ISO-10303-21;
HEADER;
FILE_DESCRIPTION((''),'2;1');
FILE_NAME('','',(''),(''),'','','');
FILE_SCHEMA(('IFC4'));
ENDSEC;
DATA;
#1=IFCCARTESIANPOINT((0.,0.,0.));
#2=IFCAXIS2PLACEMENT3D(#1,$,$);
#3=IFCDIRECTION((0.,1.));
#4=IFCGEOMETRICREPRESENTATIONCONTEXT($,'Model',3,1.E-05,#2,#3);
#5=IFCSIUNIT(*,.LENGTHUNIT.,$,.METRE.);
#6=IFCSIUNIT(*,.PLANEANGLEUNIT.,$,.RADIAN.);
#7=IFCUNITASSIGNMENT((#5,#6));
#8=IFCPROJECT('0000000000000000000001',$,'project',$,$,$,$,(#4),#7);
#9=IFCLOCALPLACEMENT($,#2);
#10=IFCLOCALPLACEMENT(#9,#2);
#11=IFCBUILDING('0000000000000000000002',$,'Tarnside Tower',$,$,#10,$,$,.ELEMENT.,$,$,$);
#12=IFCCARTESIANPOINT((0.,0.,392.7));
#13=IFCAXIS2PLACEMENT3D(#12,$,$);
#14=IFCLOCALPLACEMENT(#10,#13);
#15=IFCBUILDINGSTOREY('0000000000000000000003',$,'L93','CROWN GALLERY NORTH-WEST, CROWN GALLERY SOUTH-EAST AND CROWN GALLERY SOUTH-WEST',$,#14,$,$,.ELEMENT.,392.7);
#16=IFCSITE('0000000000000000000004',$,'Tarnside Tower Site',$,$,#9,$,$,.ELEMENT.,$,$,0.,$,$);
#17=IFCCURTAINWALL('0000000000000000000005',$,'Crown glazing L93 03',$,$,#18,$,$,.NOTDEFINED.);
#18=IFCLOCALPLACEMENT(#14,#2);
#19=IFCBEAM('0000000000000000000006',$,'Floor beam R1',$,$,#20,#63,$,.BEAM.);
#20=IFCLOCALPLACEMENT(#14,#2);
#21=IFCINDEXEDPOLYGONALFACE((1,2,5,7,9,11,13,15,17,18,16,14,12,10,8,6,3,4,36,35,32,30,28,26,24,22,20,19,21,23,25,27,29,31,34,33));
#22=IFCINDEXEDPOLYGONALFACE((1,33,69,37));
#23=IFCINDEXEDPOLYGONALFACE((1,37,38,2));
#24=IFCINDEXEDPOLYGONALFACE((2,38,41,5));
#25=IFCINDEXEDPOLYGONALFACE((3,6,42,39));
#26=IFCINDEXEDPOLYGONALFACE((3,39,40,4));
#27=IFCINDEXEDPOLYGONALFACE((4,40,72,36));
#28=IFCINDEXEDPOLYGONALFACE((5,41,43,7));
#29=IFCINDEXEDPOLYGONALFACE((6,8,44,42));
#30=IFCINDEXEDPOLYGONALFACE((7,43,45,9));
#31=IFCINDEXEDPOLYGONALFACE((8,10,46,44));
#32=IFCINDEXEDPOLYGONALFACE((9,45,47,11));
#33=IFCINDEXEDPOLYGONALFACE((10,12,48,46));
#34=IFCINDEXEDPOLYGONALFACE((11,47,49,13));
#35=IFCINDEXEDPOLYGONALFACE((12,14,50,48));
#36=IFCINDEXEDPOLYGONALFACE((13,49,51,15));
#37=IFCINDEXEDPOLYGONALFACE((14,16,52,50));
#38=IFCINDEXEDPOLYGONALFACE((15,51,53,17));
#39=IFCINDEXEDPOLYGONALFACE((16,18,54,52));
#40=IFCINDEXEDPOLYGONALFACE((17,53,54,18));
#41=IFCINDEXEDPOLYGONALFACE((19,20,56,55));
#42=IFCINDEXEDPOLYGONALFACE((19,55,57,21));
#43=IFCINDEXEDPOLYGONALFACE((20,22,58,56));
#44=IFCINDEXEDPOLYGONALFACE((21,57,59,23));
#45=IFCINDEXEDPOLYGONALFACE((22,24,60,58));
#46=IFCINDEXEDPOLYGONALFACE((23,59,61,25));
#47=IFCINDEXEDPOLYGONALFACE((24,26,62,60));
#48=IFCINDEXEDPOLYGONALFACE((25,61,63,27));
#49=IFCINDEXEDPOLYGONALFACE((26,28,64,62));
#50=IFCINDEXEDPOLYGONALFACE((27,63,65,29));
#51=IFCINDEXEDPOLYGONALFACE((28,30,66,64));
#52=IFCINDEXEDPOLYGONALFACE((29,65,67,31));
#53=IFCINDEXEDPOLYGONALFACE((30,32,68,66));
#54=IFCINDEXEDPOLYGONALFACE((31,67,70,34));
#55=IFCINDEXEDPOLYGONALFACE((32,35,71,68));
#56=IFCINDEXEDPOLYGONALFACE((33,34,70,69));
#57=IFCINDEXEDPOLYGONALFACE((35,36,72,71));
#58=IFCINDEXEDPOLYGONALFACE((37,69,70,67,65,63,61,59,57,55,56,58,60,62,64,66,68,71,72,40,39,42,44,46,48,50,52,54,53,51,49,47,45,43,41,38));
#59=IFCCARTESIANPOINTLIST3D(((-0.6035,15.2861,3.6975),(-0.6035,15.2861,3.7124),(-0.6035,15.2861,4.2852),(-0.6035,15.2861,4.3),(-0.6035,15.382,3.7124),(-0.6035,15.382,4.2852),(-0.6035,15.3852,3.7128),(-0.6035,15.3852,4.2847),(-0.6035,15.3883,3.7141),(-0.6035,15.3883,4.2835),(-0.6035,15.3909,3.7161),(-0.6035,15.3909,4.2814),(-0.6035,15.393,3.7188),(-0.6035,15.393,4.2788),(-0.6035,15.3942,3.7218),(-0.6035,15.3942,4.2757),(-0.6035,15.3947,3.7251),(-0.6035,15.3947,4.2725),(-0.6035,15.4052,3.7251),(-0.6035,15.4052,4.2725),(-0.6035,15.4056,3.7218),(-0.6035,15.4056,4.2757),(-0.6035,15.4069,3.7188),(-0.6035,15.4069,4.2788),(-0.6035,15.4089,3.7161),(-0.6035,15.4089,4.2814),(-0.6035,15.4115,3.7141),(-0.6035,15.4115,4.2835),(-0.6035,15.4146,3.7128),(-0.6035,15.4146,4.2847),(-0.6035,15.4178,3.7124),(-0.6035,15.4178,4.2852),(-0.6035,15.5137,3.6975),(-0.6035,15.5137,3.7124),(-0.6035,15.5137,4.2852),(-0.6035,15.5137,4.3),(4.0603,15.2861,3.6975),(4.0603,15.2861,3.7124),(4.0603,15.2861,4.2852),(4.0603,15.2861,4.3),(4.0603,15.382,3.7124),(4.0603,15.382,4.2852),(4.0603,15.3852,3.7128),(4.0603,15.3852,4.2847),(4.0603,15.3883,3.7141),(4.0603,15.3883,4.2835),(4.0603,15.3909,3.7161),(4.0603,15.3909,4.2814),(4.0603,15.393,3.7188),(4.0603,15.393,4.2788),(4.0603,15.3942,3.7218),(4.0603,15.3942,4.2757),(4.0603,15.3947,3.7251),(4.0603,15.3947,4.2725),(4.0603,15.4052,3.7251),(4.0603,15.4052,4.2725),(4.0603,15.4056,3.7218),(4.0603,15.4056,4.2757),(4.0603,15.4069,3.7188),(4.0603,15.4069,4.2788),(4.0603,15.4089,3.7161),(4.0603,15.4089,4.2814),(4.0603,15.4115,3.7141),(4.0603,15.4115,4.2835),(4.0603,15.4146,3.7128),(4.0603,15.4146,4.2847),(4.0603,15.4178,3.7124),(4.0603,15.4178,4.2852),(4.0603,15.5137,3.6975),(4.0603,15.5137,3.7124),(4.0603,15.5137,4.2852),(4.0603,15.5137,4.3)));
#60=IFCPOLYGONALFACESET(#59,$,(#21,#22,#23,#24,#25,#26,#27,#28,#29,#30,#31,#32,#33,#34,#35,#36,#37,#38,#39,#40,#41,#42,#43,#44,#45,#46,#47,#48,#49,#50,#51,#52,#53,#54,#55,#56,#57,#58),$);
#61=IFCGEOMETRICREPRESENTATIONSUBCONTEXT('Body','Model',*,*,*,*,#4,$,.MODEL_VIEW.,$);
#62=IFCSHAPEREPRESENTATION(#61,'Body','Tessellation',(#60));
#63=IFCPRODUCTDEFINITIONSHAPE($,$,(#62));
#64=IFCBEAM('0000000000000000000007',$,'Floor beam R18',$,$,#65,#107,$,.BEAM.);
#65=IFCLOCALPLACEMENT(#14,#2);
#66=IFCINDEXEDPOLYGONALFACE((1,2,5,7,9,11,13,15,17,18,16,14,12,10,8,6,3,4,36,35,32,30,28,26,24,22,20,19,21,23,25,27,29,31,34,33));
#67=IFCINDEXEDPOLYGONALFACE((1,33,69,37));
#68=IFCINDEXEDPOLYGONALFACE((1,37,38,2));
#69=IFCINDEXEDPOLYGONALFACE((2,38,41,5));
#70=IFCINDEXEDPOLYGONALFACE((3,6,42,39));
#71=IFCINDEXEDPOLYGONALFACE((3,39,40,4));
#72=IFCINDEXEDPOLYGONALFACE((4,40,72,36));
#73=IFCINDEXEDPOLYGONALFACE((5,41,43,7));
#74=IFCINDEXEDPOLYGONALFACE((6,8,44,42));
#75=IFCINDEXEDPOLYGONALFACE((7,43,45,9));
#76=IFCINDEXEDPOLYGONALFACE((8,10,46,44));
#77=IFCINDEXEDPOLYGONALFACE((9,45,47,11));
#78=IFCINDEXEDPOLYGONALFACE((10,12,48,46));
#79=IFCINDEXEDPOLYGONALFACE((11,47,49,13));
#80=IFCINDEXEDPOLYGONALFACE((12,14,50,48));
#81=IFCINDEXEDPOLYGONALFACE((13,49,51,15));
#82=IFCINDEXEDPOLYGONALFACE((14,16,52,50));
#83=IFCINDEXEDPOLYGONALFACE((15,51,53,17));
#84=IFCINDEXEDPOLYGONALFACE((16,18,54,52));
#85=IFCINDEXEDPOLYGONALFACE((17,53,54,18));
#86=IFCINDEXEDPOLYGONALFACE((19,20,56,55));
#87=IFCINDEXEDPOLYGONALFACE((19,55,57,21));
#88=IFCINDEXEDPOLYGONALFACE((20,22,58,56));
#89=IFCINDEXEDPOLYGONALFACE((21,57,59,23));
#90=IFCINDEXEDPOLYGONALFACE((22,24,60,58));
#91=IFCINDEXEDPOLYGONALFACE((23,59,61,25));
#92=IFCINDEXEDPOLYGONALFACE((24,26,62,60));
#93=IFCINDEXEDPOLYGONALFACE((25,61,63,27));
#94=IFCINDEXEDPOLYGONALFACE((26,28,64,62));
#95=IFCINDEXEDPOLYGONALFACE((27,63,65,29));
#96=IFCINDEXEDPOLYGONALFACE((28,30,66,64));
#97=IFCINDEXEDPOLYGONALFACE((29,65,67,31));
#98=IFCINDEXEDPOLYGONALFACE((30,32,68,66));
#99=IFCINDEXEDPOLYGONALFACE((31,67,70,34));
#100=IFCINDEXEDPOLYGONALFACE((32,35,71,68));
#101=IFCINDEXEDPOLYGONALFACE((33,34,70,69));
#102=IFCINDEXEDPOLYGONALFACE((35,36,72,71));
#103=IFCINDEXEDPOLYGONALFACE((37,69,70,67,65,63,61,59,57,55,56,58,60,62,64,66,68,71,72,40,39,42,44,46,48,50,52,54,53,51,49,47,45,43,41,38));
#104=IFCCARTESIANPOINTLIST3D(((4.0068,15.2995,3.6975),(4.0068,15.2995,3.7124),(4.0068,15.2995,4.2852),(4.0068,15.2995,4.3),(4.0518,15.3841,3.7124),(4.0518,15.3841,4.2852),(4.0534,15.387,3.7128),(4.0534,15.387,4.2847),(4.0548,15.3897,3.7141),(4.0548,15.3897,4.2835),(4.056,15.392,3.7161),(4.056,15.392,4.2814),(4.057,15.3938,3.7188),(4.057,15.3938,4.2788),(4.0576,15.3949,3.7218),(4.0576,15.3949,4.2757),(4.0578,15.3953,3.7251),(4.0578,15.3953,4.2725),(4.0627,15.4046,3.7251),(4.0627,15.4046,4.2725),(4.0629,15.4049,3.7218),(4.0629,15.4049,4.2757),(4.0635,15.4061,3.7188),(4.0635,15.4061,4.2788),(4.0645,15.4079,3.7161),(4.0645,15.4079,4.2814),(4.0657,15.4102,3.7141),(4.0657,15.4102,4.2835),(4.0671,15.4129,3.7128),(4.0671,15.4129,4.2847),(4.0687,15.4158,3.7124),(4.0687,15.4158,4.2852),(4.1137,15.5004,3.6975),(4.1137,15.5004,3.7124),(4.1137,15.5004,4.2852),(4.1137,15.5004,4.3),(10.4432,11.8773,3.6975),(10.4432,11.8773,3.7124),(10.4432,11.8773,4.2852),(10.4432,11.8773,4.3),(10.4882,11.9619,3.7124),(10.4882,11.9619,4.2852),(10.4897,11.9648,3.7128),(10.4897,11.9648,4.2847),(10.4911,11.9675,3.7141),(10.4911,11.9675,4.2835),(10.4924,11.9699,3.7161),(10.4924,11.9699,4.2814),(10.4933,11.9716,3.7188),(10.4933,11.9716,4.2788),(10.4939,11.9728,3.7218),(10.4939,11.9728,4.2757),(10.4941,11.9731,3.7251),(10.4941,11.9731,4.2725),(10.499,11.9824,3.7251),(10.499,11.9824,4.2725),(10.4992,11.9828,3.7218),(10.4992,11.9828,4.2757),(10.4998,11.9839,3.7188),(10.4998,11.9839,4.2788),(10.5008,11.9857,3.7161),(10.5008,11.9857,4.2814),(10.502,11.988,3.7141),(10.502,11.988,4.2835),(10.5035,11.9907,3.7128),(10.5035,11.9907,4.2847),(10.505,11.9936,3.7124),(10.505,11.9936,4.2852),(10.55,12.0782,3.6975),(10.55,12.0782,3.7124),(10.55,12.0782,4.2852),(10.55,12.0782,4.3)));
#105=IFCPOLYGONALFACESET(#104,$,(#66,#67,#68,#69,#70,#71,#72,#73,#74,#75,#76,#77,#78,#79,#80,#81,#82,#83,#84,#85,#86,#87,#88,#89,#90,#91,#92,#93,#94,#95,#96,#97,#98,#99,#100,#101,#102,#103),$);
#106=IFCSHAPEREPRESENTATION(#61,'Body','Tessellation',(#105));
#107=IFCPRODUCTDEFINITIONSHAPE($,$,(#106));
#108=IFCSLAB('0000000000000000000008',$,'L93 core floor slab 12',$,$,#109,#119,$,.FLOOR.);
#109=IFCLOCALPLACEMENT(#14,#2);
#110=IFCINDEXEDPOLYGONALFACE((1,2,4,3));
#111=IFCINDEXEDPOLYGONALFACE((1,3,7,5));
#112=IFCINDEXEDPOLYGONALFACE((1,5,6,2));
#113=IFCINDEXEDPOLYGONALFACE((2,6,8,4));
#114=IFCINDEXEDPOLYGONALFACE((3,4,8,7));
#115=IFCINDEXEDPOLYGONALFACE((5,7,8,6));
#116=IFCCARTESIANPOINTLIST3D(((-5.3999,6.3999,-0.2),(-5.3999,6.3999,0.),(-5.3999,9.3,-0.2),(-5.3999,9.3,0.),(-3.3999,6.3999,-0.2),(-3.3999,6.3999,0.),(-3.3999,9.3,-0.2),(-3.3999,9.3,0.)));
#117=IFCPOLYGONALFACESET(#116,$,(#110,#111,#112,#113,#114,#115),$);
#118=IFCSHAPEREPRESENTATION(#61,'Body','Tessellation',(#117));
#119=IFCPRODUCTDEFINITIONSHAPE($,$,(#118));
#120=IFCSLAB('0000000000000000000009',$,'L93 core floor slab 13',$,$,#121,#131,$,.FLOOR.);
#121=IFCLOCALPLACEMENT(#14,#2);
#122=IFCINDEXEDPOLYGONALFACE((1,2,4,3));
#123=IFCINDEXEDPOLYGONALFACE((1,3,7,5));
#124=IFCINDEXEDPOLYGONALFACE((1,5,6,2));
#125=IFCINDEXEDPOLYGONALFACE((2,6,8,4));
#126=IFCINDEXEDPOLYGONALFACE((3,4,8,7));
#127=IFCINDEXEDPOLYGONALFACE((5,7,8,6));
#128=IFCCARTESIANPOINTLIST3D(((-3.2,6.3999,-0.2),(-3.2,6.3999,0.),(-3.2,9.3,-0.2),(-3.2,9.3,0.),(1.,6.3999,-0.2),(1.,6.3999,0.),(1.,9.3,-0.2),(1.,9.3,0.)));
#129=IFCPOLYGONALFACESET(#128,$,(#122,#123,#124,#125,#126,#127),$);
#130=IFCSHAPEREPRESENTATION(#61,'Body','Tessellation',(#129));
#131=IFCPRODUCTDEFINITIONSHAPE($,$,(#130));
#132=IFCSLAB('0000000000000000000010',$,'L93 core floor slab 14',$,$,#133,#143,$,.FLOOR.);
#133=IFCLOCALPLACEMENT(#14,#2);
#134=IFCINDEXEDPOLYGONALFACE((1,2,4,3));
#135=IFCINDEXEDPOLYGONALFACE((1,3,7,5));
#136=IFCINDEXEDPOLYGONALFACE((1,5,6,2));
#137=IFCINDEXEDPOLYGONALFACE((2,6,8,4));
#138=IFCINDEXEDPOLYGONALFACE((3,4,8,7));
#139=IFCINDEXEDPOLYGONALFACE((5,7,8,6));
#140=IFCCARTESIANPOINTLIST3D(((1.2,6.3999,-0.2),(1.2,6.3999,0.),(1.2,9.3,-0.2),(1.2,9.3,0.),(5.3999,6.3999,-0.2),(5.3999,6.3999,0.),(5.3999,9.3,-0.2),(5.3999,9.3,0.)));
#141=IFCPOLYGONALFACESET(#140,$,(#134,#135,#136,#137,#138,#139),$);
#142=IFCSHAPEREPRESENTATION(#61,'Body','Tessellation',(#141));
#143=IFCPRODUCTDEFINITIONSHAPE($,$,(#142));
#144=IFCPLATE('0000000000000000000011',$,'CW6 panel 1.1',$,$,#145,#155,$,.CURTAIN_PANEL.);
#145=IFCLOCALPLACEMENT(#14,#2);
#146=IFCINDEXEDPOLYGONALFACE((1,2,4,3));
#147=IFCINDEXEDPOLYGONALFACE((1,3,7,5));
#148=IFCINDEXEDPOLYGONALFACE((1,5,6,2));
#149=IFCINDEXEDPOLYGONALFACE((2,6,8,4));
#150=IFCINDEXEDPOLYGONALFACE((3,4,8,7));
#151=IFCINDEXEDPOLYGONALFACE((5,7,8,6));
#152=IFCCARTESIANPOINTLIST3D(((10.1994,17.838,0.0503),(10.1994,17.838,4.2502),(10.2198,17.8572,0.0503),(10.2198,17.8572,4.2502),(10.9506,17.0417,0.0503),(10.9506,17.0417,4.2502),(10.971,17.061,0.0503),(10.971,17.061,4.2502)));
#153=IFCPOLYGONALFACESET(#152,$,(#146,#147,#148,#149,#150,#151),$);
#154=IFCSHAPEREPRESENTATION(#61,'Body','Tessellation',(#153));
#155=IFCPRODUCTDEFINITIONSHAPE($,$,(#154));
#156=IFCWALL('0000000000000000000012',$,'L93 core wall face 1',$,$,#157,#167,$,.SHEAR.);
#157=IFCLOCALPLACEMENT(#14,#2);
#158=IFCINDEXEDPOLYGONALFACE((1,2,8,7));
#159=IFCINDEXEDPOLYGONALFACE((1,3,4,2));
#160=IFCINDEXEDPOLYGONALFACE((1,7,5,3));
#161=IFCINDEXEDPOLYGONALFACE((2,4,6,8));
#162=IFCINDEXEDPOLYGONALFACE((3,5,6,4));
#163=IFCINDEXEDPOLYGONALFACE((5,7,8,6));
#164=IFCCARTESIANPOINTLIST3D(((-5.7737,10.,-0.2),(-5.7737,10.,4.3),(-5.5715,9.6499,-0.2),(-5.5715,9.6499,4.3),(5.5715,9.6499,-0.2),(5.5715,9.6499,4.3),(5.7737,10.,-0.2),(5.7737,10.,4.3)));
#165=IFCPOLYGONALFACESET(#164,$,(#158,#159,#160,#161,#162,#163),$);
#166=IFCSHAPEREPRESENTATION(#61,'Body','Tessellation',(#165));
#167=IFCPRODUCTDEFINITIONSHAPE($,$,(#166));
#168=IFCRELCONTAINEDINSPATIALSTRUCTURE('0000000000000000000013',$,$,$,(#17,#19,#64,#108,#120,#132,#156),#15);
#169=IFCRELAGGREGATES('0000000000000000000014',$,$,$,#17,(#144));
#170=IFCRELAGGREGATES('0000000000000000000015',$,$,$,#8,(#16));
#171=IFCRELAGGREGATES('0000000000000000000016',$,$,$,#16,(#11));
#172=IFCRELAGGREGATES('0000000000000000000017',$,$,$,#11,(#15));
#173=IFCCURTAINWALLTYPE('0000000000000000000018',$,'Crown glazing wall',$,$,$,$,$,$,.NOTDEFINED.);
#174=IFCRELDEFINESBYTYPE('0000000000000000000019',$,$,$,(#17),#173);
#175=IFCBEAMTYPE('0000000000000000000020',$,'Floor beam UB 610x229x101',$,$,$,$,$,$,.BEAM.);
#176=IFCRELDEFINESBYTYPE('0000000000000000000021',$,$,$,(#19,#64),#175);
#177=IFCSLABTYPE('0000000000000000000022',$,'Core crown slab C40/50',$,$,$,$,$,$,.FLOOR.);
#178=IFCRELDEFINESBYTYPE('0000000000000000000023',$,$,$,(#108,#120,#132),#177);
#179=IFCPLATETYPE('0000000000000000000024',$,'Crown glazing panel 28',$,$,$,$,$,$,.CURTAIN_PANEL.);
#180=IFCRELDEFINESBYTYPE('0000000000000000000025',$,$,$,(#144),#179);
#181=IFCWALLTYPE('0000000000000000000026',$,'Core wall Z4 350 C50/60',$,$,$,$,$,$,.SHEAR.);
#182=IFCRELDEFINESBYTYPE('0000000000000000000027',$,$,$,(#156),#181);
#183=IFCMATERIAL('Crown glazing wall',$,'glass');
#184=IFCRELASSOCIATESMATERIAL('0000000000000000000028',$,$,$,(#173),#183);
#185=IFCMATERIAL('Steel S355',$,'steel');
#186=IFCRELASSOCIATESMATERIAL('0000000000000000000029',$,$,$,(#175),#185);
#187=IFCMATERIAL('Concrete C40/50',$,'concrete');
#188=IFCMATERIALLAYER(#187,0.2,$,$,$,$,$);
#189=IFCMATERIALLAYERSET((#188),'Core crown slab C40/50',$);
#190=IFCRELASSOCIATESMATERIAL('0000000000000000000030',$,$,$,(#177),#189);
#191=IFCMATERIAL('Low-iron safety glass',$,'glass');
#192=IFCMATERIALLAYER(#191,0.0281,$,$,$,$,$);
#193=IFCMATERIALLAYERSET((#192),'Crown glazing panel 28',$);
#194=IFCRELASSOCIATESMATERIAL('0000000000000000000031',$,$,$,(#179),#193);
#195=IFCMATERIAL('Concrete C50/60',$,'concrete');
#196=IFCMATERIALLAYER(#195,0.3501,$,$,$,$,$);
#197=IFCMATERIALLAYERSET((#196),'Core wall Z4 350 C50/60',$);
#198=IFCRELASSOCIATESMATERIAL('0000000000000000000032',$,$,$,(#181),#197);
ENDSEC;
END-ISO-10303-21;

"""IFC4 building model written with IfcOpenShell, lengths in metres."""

from ifc_helpers import new_model, si_unit, direction, frame, origin, origin_2d, place, context, subcontext, project, spatial, polyline, rectangle, i_section, outline, extrude, material, layer, layer_set, material_profile, profile_set, type_object, element, aggregate, save


model = new_model("IFC4")

# Units and contexts
model_context = context("Model", 3, precision=1e-05, world=origin(), true_north=direction((0.0, 1.0)))
body_context = subcontext(model_context, "Body", "Model", "MODEL_VIEW")
ifc_project = project(units=[si_unit("LENGTHUNIT", "METRE"), si_unit("PLANEANGLEUNIT", "RADIAN")], contexts=[model_context])

# Site, building, storey
site_placement = place(None, origin())
site = spatial("IfcSite", under=ifc_project, at=site_placement, Name="Tarnside Tower Site", CompositionType="ELEMENT", RefElevation=0.0)
building_placement = place(site_placement, origin())
building = spatial("IfcBuilding", under=site, at=building_placement, Name="Tarnside Tower", CompositionType="ELEMENT")
storey_placement = place(building_placement, frame((0.0, 0.0, 392.7)))
storey = spatial("IfcBuildingStorey", under=building, at=storey_placement, Name="L93", Description="CROWN GALLERY NORTH-WEST, CROWN GALLERY SOUTH-EAST AND CROWN GALLERY SOUTH-WEST", CompositionType="ELEMENT", Elevation=392.7)

# Curtain wall
ifc_material_1 = material(Name="Crown glazing wall", Category="glass")
curtain_wall_type = type_object("IfcCurtainWallType", Name="Crown glazing wall", PredefinedType="NOTDEFINED", material=ifc_material_1)
curtain_wall_1_placement = place(storey_placement, origin())
curtain_wall_1 = element("IfcCurtainWall", 1, at=curtain_wall_1_placement, inside=storey, type_object=curtain_wall_type, Name="Crown glazing L93 03", PredefinedType="NOTDEFINED")

# Beams
ifc_material_2 = material(Name="Steel S355", Category="steel")
ifc_material_profile_1 = material_profile(ifc_material_2, i_section(OverallWidth=0.2275, OverallDepth=0.6025, WebThickness=0.0105, FlangeThickness=0.0149, FilletRadius=0.0127, at=origin_2d()), Name="UB 610x229x101")
ifc_profile_set_1 = profile_set([ifc_material_profile_1], Name="Steel S355")
beam_type_1 = type_object("IfcBeamType", Name="Floor beam UB 610x229x101", PredefinedType="BEAM", material=ifc_profile_set_1)
beam_1_placement = place(storey_placement, frame((4.0603, 15.3999, 3.9988), z_axis=(-1.0, 0.0, 0.0), x_axis=(0.0, -1.0, 0.0)))
element("IfcBeam", 2, at=beam_1_placement, inside=storey, type_object=beam_type_1, Name="Floor beam R1", PredefinedType="BEAM", context=body_context, shape_type="SweptSolid", body=[
    extrude(i_section(OverallWidth=0.2275, OverallDepth=0.6025, WebThickness=0.0105, FlangeThickness=0.0149, FilletRadius=0.0127, at=origin_2d()), origin(), (0.0, 0.0, 1.0), 4.6638),
])
beam_2_placement = place(storey_placement, frame((10.4966, 11.9778, 3.9988), z_axis=(-0.882954, 0.46946, 0.0), x_axis=(-0.46946, -0.882954, 0.0)))
element("IfcBeam", 3, at=beam_2_placement, inside=storey, type_object=beam_type_1, Name="Floor beam R18", PredefinedType="BEAM", context=body_context, shape_type="SweptSolid", body=[
    extrude(i_section(OverallWidth=0.2275, OverallDepth=0.6025, WebThickness=0.0105, FlangeThickness=0.0149, FilletRadius=0.0127, at=origin_2d()), origin(), (0.0, 0.0, 1.0), 7.2896),
])

# Slabs
ifc_material_3 = material(Name="Concrete C40/50", Category="concrete")
ifc_layer_1 = layer(ifc_material_3, 0.2)
ifc_layer_set_1 = layer_set([ifc_layer_1], Name="Core crown slab C40/50")
slab_type = type_object("IfcSlabType", Name="Core crown slab C40/50", PredefinedType="FLOOR", material=ifc_layer_set_1)
slab_1_placement = place(storey_placement, frame((0.0, 0.0, -0.2)))
element("IfcSlab", 4, at=slab_1_placement, inside=storey, type_object=slab_type, Name="L93 core floor slab 12", PredefinedType="FLOOR", context=body_context, shape_type="SweptSolid", body=[
    extrude(outline(polyline([(-3.3999, 9.3), (-3.3999, 6.3999), (-5.3999, 6.3999), (-5.3999, 9.3), (-3.3999, 9.3)])), origin(), (0.0, 0.0, 1.0), 0.2),
])
slab_2_placement = place(storey_placement, frame((0.0, 0.0, -0.2)))
element("IfcSlab", 5, at=slab_2_placement, inside=storey, type_object=slab_type, Name="L93 core floor slab 13", PredefinedType="FLOOR", context=body_context, shape_type="SweptSolid", body=[
    extrude(outline(polyline([(1.0, 9.3), (1.0, 6.3999), (-3.2, 6.3999), (-3.2, 9.3), (1.0, 9.3)])), origin(), (0.0, 0.0, 1.0), 0.2),
])
slab_3_placement = place(storey_placement, frame((0.0, 0.0, -0.2)))
element("IfcSlab", 6, at=slab_3_placement, inside=storey, type_object=slab_type, Name="L93 core floor slab 14", PredefinedType="FLOOR", context=body_context, shape_type="SweptSolid", body=[
    extrude(outline(polyline([(5.3999, 6.3999), (1.2, 6.3999), (1.2, 9.3), (5.3999, 9.3), (5.3999, 6.3999)])), origin(), (0.0, 0.0, 1.0), 0.2),
])

# Plate
ifc_material_4 = material(Name="Low-iron safety glass", Category="glass")
ifc_layer_2 = layer(ifc_material_4, 0.0281)
ifc_layer_set_2 = layer_set([ifc_layer_2], Name="Crown glazing panel 28")
plate_type = type_object("IfcPlateType", Name="Crown glazing panel 28", PredefinedType="CURTAIN_PANEL", material=ifc_layer_set_2)
plate_placement = place(storey_placement, frame((10.5852, 17.4495, 0.0503), z_axis=(0.0, 0.0, 1.0), x_axis=(0.686242, -0.727374, 0.0)))
plate = element("IfcPlate", 7, at=plate_placement, type_object=plate_type, Name="CW6 panel 1.1", PredefinedType="CURTAIN_PANEL", context=body_context, shape_type="SweptSolid", body=[
    extrude(rectangle(XDim=1.0947, YDim=0.0281, at=origin_2d()), origin(), (0.0, 0.0, 1.0), 4.2),
])
aggregate(curtain_wall_1, [plate])

# Wall
ifc_material_5 = material(Name="Concrete C50/60", Category="concrete")
ifc_layer_3 = layer(ifc_material_5, 0.3501)
ifc_layer_set_3 = layer_set([ifc_layer_3], Name="Core wall Z4 350 C50/60")
wall_type_1 = type_object("IfcWallType", Name="Core wall Z4 350 C50/60", PredefinedType="SHEAR", material=ifc_layer_set_3)
wall_1_placement = place(storey_placement, frame((5.6726, 9.825, -0.2), z_axis=(0.0, 0.0, 1.0), x_axis=(-1.0, 0.0, 0.0)))
element("IfcWall", 8, at=wall_1_placement, inside=storey, type_object=wall_type_1, Name="L93 core wall face 1", PredefinedType="SHEAR", context=body_context, shape_type="SweptSolid", body=[
    extrude(outline(polyline([(-0.1011, -0.175), (11.4463, -0.175), (11.2441, 0.175), (0.1011, 0.175), (-0.1011, -0.175)])), origin(), (0.0, 0.0, 1.0), 4.5),
])

save(model, "model.ifc")
